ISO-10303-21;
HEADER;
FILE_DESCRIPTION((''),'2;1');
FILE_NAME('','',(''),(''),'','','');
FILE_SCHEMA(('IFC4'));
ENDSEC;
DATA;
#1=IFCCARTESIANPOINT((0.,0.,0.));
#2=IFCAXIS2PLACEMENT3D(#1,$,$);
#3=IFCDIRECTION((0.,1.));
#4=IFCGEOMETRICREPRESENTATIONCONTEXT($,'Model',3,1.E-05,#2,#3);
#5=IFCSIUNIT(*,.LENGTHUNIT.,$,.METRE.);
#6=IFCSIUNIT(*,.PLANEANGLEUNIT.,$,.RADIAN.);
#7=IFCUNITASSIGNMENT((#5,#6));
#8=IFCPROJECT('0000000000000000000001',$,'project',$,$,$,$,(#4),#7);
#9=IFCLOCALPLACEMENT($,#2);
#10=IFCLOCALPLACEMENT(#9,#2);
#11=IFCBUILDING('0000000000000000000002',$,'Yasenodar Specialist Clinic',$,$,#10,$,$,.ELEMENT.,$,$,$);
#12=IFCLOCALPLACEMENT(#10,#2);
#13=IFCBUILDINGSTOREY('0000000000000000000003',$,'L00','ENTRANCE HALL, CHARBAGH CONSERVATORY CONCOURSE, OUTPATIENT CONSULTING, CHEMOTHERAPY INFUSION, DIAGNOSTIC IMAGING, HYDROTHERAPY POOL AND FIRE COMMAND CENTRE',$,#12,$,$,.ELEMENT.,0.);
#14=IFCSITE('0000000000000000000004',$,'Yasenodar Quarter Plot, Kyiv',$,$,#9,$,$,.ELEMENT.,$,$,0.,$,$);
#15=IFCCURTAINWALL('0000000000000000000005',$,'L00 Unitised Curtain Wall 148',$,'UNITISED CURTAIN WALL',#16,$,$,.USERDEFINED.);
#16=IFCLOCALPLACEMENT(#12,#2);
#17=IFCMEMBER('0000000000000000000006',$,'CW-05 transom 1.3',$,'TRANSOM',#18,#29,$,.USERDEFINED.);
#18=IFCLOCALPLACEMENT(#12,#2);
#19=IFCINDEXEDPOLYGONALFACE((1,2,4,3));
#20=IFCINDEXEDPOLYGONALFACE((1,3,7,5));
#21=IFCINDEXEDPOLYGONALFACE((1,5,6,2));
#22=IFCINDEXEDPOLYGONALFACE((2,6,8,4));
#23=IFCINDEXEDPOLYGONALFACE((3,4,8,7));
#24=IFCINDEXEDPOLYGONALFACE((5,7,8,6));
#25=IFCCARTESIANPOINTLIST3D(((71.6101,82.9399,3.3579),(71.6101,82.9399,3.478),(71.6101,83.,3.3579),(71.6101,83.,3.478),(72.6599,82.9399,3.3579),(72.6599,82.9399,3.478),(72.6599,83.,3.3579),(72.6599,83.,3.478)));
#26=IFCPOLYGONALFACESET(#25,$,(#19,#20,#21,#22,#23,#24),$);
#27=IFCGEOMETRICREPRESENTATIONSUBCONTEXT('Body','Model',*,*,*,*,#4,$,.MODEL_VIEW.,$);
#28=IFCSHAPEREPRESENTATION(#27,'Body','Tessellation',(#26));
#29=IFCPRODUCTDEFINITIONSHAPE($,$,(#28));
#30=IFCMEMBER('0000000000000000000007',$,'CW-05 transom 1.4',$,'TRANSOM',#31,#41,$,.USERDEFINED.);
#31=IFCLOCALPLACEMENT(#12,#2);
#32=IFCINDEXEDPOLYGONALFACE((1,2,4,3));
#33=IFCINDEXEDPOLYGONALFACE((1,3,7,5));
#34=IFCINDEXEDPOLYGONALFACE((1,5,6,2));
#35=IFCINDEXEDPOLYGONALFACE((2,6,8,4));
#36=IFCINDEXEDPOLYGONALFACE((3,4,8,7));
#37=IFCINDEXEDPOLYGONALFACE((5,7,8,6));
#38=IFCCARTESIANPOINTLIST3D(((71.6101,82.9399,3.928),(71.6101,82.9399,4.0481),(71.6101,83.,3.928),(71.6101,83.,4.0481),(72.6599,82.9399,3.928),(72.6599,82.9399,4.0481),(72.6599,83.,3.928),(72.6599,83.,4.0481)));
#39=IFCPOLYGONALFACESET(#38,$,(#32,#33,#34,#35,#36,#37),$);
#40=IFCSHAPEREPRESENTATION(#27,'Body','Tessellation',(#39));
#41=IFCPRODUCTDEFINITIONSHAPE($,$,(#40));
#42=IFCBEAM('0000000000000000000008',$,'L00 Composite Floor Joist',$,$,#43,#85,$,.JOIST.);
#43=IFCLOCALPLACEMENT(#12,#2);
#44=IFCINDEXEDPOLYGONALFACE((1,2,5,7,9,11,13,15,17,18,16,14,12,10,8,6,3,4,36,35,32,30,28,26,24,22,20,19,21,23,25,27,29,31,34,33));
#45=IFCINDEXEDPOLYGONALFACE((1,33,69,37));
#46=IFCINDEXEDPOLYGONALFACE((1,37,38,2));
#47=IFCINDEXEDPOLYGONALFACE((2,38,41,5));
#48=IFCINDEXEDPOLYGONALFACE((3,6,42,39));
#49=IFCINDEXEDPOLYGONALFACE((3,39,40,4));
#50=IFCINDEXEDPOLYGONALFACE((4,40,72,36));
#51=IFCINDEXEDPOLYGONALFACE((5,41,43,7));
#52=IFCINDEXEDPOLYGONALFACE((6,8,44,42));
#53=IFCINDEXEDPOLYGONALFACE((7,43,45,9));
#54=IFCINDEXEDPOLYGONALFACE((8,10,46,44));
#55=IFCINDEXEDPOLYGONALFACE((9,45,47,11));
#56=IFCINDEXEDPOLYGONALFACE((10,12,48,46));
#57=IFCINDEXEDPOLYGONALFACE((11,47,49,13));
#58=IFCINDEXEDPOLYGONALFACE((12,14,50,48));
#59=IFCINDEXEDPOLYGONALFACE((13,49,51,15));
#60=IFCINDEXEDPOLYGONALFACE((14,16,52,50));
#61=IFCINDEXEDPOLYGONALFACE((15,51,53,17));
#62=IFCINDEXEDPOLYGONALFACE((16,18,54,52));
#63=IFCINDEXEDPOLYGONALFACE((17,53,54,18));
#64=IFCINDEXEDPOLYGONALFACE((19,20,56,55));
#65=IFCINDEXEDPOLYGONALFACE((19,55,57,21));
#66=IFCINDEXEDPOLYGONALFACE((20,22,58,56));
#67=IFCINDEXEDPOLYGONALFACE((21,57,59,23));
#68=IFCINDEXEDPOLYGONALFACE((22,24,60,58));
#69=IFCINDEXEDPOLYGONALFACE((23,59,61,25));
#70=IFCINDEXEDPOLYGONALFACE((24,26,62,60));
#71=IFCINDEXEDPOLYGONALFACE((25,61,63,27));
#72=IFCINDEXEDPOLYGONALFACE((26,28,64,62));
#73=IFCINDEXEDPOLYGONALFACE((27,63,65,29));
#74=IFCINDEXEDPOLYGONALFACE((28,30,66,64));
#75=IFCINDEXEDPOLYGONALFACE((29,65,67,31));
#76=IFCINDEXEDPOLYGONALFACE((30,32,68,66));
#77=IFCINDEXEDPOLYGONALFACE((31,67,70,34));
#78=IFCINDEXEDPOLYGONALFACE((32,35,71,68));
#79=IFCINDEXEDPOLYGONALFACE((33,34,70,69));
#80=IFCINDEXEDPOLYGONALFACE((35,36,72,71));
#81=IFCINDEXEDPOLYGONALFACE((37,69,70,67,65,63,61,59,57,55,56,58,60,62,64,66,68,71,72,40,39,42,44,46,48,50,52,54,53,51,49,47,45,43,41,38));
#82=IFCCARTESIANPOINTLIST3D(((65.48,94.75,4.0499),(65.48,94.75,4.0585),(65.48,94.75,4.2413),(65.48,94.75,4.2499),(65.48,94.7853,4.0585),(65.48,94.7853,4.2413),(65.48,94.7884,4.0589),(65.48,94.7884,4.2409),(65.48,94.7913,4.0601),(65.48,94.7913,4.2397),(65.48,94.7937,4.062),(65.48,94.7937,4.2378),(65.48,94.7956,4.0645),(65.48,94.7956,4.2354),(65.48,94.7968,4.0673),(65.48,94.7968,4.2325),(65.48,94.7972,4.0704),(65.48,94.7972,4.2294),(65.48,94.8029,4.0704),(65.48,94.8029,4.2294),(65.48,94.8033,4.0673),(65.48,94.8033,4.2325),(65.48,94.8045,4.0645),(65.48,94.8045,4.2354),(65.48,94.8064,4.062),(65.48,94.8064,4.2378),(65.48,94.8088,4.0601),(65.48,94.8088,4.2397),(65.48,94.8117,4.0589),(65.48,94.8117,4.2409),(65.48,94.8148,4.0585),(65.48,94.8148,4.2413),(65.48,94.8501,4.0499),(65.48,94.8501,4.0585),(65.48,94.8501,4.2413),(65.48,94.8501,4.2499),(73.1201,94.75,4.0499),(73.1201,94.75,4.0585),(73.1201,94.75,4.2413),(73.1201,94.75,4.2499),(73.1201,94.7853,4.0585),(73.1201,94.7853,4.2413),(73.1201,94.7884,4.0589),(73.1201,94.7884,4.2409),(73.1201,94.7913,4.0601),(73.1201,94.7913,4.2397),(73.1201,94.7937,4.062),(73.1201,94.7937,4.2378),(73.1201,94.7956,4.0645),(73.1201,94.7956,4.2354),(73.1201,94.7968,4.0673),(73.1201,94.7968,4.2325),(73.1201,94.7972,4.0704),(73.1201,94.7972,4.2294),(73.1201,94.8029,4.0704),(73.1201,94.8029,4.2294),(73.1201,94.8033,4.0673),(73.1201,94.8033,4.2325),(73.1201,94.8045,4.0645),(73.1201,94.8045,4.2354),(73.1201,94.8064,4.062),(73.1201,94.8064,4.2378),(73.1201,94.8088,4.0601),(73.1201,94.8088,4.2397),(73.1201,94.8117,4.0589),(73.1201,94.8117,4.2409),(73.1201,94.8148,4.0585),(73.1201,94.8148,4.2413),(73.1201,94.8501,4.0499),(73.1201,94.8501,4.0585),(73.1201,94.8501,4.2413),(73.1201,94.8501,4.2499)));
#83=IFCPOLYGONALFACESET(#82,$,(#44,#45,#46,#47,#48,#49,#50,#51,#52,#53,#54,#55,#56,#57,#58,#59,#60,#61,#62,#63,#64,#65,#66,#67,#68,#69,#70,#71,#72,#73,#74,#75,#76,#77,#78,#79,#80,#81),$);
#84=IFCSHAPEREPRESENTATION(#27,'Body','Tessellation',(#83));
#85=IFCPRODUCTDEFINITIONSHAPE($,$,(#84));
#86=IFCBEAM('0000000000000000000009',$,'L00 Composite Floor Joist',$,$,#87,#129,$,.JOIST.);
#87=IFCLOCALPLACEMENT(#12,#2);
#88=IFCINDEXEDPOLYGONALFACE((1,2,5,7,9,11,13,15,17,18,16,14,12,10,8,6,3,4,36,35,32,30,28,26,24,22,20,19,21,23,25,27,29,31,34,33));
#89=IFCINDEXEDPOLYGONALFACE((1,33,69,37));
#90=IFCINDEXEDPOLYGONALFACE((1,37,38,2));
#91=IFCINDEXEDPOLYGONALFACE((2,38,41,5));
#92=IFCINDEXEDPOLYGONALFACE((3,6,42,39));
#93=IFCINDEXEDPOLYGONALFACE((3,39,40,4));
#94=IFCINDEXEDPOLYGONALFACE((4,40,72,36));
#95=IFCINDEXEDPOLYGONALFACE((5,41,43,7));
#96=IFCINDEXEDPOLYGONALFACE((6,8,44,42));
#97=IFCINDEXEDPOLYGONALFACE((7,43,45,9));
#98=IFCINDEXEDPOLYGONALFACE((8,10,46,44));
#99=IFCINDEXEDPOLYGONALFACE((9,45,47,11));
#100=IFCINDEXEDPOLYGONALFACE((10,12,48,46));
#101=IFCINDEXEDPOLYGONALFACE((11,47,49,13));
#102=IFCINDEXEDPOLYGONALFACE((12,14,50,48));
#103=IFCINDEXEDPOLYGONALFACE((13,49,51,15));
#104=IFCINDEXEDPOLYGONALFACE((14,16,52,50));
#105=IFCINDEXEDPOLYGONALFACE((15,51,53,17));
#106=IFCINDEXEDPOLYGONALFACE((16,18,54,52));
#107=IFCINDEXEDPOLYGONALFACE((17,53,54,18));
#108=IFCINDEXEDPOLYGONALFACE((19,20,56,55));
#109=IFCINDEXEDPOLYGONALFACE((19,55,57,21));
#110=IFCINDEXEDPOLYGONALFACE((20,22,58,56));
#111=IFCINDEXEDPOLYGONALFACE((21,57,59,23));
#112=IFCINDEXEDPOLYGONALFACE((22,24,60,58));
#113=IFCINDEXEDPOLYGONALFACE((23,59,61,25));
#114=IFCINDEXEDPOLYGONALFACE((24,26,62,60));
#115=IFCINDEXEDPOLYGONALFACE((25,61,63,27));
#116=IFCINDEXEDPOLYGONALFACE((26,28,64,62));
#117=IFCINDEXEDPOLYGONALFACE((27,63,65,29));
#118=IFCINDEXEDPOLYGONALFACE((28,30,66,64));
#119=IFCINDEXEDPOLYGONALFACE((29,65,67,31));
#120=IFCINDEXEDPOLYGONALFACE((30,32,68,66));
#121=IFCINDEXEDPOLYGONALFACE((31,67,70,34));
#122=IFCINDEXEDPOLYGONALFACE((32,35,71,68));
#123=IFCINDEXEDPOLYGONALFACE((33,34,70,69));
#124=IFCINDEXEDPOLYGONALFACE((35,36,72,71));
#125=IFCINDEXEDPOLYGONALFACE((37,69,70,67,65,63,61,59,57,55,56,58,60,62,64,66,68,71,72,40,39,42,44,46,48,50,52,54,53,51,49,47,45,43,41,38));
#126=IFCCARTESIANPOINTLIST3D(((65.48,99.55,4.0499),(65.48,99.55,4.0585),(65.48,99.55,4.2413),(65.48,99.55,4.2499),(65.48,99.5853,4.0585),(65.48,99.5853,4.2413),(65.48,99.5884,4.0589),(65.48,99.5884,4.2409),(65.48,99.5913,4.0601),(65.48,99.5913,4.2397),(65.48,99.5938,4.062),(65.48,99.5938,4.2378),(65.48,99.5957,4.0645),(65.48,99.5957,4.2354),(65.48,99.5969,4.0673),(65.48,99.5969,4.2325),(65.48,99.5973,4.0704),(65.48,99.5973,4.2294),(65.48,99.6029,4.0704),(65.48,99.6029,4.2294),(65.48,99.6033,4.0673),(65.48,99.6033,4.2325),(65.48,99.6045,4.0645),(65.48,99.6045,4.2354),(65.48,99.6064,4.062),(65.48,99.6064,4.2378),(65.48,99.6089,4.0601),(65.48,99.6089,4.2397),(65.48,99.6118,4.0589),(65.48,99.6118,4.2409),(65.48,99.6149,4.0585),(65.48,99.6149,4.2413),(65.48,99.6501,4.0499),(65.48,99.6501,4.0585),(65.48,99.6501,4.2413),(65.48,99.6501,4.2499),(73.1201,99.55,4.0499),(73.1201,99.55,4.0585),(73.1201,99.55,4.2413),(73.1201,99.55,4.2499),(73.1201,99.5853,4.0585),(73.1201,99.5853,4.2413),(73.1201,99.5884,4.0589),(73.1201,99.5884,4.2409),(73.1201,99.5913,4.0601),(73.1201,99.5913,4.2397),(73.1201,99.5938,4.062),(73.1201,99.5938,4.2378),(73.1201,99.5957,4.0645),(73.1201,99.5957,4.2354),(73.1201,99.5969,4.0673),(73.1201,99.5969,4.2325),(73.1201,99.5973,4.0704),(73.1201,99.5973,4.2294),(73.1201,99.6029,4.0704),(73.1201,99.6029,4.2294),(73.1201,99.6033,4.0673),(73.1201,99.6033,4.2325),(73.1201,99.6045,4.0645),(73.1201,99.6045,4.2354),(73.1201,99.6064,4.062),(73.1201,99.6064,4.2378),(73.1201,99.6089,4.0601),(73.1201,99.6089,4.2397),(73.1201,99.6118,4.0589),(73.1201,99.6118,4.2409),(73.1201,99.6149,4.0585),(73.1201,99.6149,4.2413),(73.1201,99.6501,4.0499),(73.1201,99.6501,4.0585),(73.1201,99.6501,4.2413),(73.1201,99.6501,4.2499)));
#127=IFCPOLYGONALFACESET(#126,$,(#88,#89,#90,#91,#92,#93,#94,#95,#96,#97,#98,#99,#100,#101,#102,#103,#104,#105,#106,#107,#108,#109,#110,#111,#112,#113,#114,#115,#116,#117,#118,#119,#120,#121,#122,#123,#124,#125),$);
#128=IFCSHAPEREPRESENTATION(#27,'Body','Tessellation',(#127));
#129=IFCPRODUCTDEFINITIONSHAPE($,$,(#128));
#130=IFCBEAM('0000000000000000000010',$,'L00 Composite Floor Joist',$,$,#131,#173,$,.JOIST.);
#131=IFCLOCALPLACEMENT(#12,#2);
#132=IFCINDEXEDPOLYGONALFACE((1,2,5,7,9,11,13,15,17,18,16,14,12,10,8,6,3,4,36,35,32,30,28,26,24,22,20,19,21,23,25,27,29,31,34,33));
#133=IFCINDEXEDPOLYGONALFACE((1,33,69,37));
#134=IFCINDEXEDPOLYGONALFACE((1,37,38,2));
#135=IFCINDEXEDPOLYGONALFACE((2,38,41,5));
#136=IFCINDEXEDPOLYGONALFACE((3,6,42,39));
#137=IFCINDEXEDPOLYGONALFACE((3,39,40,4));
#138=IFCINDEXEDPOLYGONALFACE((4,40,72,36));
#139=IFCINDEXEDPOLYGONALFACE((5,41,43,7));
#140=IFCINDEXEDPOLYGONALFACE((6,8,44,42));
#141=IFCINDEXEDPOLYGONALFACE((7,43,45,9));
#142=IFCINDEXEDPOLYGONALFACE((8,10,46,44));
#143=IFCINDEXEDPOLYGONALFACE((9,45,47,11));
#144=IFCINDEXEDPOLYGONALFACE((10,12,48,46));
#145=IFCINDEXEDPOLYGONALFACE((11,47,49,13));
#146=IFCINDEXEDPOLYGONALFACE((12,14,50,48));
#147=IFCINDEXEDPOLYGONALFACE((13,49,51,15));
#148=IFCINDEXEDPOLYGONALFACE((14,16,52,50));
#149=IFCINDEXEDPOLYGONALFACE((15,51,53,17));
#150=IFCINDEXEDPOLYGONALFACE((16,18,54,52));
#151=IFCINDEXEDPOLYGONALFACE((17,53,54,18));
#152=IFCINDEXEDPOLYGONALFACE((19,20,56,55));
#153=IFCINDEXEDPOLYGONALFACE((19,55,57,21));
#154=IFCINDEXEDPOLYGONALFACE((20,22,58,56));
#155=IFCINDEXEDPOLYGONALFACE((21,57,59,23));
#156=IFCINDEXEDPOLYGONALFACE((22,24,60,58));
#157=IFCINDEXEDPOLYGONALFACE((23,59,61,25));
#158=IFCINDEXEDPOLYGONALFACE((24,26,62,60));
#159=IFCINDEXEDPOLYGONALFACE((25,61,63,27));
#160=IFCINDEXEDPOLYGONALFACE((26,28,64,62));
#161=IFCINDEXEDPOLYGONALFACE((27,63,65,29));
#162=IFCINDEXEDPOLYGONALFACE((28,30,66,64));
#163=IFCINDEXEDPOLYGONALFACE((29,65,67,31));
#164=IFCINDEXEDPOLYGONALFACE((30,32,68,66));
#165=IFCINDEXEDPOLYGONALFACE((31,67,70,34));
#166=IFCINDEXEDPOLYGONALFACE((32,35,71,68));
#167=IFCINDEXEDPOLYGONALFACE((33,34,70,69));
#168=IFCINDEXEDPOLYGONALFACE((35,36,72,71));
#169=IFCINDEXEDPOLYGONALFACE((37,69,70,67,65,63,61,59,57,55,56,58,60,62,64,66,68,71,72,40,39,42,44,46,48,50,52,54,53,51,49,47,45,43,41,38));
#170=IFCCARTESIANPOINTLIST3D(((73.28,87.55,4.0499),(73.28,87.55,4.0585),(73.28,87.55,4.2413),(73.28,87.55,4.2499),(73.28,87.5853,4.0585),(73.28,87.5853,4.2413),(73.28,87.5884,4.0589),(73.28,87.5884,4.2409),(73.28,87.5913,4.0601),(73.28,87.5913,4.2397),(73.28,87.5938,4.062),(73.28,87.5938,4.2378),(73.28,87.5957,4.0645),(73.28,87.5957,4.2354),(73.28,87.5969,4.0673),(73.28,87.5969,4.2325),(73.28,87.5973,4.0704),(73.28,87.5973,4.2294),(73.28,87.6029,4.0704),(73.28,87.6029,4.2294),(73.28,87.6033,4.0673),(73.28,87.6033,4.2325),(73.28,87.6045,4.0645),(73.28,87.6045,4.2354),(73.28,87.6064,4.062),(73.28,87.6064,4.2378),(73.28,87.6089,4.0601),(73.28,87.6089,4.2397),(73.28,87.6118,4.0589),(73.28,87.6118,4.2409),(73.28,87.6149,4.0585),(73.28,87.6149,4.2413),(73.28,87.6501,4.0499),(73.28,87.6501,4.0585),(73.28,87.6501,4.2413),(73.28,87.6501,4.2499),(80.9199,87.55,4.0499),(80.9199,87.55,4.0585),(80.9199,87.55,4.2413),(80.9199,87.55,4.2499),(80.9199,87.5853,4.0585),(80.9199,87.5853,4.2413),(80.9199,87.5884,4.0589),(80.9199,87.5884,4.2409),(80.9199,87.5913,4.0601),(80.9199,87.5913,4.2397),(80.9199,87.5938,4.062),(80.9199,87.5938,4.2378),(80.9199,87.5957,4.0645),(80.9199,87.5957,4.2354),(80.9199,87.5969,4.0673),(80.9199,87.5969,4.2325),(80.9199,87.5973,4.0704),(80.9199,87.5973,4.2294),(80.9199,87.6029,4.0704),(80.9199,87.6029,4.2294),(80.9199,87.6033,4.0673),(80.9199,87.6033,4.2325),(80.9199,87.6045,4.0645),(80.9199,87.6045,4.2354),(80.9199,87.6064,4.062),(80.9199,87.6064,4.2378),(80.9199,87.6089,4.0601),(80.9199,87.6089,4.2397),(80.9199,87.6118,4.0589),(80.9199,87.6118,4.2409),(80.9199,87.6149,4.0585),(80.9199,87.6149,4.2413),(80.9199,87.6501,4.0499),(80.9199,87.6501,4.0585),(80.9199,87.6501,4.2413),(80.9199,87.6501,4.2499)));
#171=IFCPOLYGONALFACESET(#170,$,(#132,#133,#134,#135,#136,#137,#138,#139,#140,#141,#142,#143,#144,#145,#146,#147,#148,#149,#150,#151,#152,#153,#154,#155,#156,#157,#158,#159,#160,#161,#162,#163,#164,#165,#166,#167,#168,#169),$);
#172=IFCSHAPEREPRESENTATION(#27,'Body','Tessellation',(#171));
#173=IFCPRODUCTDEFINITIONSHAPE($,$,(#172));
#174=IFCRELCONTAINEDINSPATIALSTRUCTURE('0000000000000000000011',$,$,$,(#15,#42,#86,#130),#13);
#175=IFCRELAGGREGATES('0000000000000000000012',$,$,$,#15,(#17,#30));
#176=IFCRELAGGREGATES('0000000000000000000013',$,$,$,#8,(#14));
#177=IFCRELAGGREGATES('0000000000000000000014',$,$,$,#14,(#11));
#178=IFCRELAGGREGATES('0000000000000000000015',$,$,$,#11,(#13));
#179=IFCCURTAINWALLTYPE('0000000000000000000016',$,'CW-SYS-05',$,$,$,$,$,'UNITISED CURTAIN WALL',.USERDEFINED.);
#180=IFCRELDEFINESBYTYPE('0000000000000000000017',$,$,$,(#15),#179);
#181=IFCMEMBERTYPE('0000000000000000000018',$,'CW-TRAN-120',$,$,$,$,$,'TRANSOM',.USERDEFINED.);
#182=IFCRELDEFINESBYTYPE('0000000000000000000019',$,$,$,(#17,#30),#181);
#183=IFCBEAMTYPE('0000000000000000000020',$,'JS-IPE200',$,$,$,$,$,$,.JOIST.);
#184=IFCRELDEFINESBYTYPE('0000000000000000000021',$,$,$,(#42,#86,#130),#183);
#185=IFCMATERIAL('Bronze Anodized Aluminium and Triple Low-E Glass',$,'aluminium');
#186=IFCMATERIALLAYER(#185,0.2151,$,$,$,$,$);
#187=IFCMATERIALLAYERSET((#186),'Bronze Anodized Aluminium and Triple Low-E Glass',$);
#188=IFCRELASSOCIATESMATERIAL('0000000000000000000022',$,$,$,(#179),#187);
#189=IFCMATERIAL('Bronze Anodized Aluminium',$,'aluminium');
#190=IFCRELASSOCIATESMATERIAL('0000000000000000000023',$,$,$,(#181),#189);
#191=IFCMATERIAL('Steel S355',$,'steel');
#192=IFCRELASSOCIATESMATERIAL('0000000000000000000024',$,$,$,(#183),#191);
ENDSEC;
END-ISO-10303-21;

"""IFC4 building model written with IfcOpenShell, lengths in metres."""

from ifc_helpers import new_model, si_unit, direction, frame, origin, origin_2d, place, context, subcontext, project, spatial, rectangle, i_section, extrude, material, layer, layer_set, material_profile, profile_set, type_object, element, aggregate, save


model = new_model("IFC4")

# Units and contexts
model_context = context("Model", 3, precision=1e-05, world=origin(), true_north=direction((0.0, 1.0)))
body_context = subcontext(model_context, "Body", "Model", "MODEL_VIEW")
ifc_project = project(units=[si_unit("LENGTHUNIT", "METRE"), si_unit("PLANEANGLEUNIT", "RADIAN")], contexts=[model_context])

# Site, building, storey
site_placement = place(None, origin())
site = spatial("IfcSite", under=ifc_project, at=site_placement, Name="Yasenodar Quarter Plot, Kyiv", CompositionType="ELEMENT", RefElevation=0.0)
building_placement = place(site_placement, origin())
building = spatial("IfcBuilding", under=site, at=building_placement, Name="Yasenodar Specialist Clinic", CompositionType="ELEMENT")
storey_placement = place(building_placement, origin())
storey = spatial("IfcBuildingStorey", under=building, at=storey_placement, Name="L00", Description="ENTRANCE HALL, CHARBAGH CONSERVATORY CONCOURSE, OUTPATIENT CONSULTING, CHEMOTHERAPY INFUSION, DIAGNOSTIC IMAGING, HYDROTHERAPY POOL AND FIRE COMMAND CENTRE", CompositionType="ELEMENT", Elevation=0.0)

# Shared definitions
ifc_material_1 = material(Name="Steel S355", Category="steel")

# Curtain wall, members
ifc_material_2 = material(Name="Bronze Anodized Aluminium and Triple Low-E Glass", Category="aluminium")
ifc_layer_1 = layer(ifc_material_2, 0.2151)
ifc_layer_set_1 = layer_set([ifc_layer_1], Name="Bronze Anodized Aluminium and Triple Low-E Glass")
curtain_wall_type = type_object("IfcCurtainWallType", Name="CW-SYS-05", ElementType="UNITISED CURTAIN WALL", PredefinedType="USERDEFINED", material=ifc_layer_set_1)
curtain_wall_placement = place(storey_placement, origin())
curtain_wall = element("IfcCurtainWall", 1, at=curtain_wall_placement, inside=storey, type_object=curtain_wall_type, Name="L00 Unitised Curtain Wall 148", ObjectType="UNITISED CURTAIN WALL", PredefinedType="USERDEFINED")
ifc_material_3 = material(Name="Bronze Anodized Aluminium", Category="aluminium")
ifc_material_profile_1 = material_profile(ifc_material_3, rectangle(XDim=0.0601, YDim=0.1201, at=origin_2d()), Name="CW-TRAN 60x120")
ifc_profile_set_1 = profile_set([ifc_material_profile_1], Name="Bronze Anodized Aluminium")
member_type_1 = type_object("IfcMemberType", Name="CW-TRAN-120", ElementType="TRANSOM", PredefinedType="USERDEFINED", material=ifc_profile_set_1)
member_1_placement = place(storey_placement, frame((72.6599, 82.97, 3.418), z_axis=(-1.0, 0.0, 0.0), x_axis=(0.0, -1.0, 0.0)))
member_1 = element("IfcMember", 2, at=member_1_placement, type_object=member_type_1, Name="CW-05 transom 1.3", ObjectType="TRANSOM", PredefinedType="USERDEFINED", context=body_context, shape_type="SweptSolid", body=[
    extrude(rectangle(XDim=0.0601, YDim=0.1201, at=origin_2d()), origin(), (0.0, 0.0, 1.0), 1.0498),
])
member_2_placement = place(storey_placement, frame((72.6599, 82.97, 3.988), z_axis=(-1.0, 0.0, 0.0), x_axis=(0.0, -1.0, 0.0)))
member_2 = element("IfcMember", 3, at=member_2_placement, type_object=member_type_1, Name="CW-05 transom 1.4", ObjectType="TRANSOM", PredefinedType="USERDEFINED", context=body_context, shape_type="SweptSolid", body=[
    extrude(rectangle(XDim=0.0601, YDim=0.1201, at=origin_2d()), origin(), (0.0, 0.0, 1.0), 1.0498),
])

# Beams
ifc_material_profile_2 = material_profile(ifc_material_1, i_section(OverallWidth=0.1001, OverallDepth=0.2, WebThickness=0.0056, FlangeThickness=0.0085, FilletRadius=0.012, at=origin_2d()), Name="IPE 200")
ifc_profile_set_2 = profile_set([ifc_material_profile_2], Name="Steel S355")
beam_type_1 = type_object("IfcBeamType", Name="JS-IPE200", PredefinedType="JOIST", material=ifc_profile_set_2)
for number, where, z_axis, x_axis, name in (
    (4, (65.48, 94.8, 4.1499), (1.0, 0.0, 0.0), (0.0, 1.0, 0.0), "L00 Composite Floor Joist"),
    (5, (65.48, 99.6001, 4.1499), (1.0, 0.0, 0.0), (0.0, 1.0, 0.0), "L00 Composite Floor Joist"),
):
    element("IfcBeam", number, at=place(storey_placement, frame(where, z_axis=z_axis, x_axis=x_axis)), inside=storey, type_object=beam_type_1, Name=name, PredefinedType="JOIST", context=body_context, shape_type="SweptSolid", body=[
        extrude(i_section(OverallWidth=0.1001, OverallDepth=0.2, WebThickness=0.0056, FlangeThickness=0.0085, FilletRadius=0.012, at=origin_2d()), origin(), (0.0, 0.0, 1.0), 7.6401),
    ])
beam_1_placement = place(storey_placement, frame((73.28, 87.6001, 4.1499), z_axis=(1.0, 0.0, 0.0), x_axis=(0.0, 1.0, 0.0)))
element("IfcBeam", 6, at=beam_1_placement, inside=storey, type_object=beam_type_1, Name="L00 Composite Floor Joist", PredefinedType="JOIST", context=body_context, shape_type="SweptSolid", body=[
    extrude(i_section(OverallWidth=0.1001, OverallDepth=0.2, WebThickness=0.0056, FlangeThickness=0.0085, FilletRadius=0.012, at=origin_2d()), origin(), (0.0, 0.0, 1.0), 7.6399),
])

aggregate(curtain_wall, [member_1, member_2])

save(model, "model.ifc")
